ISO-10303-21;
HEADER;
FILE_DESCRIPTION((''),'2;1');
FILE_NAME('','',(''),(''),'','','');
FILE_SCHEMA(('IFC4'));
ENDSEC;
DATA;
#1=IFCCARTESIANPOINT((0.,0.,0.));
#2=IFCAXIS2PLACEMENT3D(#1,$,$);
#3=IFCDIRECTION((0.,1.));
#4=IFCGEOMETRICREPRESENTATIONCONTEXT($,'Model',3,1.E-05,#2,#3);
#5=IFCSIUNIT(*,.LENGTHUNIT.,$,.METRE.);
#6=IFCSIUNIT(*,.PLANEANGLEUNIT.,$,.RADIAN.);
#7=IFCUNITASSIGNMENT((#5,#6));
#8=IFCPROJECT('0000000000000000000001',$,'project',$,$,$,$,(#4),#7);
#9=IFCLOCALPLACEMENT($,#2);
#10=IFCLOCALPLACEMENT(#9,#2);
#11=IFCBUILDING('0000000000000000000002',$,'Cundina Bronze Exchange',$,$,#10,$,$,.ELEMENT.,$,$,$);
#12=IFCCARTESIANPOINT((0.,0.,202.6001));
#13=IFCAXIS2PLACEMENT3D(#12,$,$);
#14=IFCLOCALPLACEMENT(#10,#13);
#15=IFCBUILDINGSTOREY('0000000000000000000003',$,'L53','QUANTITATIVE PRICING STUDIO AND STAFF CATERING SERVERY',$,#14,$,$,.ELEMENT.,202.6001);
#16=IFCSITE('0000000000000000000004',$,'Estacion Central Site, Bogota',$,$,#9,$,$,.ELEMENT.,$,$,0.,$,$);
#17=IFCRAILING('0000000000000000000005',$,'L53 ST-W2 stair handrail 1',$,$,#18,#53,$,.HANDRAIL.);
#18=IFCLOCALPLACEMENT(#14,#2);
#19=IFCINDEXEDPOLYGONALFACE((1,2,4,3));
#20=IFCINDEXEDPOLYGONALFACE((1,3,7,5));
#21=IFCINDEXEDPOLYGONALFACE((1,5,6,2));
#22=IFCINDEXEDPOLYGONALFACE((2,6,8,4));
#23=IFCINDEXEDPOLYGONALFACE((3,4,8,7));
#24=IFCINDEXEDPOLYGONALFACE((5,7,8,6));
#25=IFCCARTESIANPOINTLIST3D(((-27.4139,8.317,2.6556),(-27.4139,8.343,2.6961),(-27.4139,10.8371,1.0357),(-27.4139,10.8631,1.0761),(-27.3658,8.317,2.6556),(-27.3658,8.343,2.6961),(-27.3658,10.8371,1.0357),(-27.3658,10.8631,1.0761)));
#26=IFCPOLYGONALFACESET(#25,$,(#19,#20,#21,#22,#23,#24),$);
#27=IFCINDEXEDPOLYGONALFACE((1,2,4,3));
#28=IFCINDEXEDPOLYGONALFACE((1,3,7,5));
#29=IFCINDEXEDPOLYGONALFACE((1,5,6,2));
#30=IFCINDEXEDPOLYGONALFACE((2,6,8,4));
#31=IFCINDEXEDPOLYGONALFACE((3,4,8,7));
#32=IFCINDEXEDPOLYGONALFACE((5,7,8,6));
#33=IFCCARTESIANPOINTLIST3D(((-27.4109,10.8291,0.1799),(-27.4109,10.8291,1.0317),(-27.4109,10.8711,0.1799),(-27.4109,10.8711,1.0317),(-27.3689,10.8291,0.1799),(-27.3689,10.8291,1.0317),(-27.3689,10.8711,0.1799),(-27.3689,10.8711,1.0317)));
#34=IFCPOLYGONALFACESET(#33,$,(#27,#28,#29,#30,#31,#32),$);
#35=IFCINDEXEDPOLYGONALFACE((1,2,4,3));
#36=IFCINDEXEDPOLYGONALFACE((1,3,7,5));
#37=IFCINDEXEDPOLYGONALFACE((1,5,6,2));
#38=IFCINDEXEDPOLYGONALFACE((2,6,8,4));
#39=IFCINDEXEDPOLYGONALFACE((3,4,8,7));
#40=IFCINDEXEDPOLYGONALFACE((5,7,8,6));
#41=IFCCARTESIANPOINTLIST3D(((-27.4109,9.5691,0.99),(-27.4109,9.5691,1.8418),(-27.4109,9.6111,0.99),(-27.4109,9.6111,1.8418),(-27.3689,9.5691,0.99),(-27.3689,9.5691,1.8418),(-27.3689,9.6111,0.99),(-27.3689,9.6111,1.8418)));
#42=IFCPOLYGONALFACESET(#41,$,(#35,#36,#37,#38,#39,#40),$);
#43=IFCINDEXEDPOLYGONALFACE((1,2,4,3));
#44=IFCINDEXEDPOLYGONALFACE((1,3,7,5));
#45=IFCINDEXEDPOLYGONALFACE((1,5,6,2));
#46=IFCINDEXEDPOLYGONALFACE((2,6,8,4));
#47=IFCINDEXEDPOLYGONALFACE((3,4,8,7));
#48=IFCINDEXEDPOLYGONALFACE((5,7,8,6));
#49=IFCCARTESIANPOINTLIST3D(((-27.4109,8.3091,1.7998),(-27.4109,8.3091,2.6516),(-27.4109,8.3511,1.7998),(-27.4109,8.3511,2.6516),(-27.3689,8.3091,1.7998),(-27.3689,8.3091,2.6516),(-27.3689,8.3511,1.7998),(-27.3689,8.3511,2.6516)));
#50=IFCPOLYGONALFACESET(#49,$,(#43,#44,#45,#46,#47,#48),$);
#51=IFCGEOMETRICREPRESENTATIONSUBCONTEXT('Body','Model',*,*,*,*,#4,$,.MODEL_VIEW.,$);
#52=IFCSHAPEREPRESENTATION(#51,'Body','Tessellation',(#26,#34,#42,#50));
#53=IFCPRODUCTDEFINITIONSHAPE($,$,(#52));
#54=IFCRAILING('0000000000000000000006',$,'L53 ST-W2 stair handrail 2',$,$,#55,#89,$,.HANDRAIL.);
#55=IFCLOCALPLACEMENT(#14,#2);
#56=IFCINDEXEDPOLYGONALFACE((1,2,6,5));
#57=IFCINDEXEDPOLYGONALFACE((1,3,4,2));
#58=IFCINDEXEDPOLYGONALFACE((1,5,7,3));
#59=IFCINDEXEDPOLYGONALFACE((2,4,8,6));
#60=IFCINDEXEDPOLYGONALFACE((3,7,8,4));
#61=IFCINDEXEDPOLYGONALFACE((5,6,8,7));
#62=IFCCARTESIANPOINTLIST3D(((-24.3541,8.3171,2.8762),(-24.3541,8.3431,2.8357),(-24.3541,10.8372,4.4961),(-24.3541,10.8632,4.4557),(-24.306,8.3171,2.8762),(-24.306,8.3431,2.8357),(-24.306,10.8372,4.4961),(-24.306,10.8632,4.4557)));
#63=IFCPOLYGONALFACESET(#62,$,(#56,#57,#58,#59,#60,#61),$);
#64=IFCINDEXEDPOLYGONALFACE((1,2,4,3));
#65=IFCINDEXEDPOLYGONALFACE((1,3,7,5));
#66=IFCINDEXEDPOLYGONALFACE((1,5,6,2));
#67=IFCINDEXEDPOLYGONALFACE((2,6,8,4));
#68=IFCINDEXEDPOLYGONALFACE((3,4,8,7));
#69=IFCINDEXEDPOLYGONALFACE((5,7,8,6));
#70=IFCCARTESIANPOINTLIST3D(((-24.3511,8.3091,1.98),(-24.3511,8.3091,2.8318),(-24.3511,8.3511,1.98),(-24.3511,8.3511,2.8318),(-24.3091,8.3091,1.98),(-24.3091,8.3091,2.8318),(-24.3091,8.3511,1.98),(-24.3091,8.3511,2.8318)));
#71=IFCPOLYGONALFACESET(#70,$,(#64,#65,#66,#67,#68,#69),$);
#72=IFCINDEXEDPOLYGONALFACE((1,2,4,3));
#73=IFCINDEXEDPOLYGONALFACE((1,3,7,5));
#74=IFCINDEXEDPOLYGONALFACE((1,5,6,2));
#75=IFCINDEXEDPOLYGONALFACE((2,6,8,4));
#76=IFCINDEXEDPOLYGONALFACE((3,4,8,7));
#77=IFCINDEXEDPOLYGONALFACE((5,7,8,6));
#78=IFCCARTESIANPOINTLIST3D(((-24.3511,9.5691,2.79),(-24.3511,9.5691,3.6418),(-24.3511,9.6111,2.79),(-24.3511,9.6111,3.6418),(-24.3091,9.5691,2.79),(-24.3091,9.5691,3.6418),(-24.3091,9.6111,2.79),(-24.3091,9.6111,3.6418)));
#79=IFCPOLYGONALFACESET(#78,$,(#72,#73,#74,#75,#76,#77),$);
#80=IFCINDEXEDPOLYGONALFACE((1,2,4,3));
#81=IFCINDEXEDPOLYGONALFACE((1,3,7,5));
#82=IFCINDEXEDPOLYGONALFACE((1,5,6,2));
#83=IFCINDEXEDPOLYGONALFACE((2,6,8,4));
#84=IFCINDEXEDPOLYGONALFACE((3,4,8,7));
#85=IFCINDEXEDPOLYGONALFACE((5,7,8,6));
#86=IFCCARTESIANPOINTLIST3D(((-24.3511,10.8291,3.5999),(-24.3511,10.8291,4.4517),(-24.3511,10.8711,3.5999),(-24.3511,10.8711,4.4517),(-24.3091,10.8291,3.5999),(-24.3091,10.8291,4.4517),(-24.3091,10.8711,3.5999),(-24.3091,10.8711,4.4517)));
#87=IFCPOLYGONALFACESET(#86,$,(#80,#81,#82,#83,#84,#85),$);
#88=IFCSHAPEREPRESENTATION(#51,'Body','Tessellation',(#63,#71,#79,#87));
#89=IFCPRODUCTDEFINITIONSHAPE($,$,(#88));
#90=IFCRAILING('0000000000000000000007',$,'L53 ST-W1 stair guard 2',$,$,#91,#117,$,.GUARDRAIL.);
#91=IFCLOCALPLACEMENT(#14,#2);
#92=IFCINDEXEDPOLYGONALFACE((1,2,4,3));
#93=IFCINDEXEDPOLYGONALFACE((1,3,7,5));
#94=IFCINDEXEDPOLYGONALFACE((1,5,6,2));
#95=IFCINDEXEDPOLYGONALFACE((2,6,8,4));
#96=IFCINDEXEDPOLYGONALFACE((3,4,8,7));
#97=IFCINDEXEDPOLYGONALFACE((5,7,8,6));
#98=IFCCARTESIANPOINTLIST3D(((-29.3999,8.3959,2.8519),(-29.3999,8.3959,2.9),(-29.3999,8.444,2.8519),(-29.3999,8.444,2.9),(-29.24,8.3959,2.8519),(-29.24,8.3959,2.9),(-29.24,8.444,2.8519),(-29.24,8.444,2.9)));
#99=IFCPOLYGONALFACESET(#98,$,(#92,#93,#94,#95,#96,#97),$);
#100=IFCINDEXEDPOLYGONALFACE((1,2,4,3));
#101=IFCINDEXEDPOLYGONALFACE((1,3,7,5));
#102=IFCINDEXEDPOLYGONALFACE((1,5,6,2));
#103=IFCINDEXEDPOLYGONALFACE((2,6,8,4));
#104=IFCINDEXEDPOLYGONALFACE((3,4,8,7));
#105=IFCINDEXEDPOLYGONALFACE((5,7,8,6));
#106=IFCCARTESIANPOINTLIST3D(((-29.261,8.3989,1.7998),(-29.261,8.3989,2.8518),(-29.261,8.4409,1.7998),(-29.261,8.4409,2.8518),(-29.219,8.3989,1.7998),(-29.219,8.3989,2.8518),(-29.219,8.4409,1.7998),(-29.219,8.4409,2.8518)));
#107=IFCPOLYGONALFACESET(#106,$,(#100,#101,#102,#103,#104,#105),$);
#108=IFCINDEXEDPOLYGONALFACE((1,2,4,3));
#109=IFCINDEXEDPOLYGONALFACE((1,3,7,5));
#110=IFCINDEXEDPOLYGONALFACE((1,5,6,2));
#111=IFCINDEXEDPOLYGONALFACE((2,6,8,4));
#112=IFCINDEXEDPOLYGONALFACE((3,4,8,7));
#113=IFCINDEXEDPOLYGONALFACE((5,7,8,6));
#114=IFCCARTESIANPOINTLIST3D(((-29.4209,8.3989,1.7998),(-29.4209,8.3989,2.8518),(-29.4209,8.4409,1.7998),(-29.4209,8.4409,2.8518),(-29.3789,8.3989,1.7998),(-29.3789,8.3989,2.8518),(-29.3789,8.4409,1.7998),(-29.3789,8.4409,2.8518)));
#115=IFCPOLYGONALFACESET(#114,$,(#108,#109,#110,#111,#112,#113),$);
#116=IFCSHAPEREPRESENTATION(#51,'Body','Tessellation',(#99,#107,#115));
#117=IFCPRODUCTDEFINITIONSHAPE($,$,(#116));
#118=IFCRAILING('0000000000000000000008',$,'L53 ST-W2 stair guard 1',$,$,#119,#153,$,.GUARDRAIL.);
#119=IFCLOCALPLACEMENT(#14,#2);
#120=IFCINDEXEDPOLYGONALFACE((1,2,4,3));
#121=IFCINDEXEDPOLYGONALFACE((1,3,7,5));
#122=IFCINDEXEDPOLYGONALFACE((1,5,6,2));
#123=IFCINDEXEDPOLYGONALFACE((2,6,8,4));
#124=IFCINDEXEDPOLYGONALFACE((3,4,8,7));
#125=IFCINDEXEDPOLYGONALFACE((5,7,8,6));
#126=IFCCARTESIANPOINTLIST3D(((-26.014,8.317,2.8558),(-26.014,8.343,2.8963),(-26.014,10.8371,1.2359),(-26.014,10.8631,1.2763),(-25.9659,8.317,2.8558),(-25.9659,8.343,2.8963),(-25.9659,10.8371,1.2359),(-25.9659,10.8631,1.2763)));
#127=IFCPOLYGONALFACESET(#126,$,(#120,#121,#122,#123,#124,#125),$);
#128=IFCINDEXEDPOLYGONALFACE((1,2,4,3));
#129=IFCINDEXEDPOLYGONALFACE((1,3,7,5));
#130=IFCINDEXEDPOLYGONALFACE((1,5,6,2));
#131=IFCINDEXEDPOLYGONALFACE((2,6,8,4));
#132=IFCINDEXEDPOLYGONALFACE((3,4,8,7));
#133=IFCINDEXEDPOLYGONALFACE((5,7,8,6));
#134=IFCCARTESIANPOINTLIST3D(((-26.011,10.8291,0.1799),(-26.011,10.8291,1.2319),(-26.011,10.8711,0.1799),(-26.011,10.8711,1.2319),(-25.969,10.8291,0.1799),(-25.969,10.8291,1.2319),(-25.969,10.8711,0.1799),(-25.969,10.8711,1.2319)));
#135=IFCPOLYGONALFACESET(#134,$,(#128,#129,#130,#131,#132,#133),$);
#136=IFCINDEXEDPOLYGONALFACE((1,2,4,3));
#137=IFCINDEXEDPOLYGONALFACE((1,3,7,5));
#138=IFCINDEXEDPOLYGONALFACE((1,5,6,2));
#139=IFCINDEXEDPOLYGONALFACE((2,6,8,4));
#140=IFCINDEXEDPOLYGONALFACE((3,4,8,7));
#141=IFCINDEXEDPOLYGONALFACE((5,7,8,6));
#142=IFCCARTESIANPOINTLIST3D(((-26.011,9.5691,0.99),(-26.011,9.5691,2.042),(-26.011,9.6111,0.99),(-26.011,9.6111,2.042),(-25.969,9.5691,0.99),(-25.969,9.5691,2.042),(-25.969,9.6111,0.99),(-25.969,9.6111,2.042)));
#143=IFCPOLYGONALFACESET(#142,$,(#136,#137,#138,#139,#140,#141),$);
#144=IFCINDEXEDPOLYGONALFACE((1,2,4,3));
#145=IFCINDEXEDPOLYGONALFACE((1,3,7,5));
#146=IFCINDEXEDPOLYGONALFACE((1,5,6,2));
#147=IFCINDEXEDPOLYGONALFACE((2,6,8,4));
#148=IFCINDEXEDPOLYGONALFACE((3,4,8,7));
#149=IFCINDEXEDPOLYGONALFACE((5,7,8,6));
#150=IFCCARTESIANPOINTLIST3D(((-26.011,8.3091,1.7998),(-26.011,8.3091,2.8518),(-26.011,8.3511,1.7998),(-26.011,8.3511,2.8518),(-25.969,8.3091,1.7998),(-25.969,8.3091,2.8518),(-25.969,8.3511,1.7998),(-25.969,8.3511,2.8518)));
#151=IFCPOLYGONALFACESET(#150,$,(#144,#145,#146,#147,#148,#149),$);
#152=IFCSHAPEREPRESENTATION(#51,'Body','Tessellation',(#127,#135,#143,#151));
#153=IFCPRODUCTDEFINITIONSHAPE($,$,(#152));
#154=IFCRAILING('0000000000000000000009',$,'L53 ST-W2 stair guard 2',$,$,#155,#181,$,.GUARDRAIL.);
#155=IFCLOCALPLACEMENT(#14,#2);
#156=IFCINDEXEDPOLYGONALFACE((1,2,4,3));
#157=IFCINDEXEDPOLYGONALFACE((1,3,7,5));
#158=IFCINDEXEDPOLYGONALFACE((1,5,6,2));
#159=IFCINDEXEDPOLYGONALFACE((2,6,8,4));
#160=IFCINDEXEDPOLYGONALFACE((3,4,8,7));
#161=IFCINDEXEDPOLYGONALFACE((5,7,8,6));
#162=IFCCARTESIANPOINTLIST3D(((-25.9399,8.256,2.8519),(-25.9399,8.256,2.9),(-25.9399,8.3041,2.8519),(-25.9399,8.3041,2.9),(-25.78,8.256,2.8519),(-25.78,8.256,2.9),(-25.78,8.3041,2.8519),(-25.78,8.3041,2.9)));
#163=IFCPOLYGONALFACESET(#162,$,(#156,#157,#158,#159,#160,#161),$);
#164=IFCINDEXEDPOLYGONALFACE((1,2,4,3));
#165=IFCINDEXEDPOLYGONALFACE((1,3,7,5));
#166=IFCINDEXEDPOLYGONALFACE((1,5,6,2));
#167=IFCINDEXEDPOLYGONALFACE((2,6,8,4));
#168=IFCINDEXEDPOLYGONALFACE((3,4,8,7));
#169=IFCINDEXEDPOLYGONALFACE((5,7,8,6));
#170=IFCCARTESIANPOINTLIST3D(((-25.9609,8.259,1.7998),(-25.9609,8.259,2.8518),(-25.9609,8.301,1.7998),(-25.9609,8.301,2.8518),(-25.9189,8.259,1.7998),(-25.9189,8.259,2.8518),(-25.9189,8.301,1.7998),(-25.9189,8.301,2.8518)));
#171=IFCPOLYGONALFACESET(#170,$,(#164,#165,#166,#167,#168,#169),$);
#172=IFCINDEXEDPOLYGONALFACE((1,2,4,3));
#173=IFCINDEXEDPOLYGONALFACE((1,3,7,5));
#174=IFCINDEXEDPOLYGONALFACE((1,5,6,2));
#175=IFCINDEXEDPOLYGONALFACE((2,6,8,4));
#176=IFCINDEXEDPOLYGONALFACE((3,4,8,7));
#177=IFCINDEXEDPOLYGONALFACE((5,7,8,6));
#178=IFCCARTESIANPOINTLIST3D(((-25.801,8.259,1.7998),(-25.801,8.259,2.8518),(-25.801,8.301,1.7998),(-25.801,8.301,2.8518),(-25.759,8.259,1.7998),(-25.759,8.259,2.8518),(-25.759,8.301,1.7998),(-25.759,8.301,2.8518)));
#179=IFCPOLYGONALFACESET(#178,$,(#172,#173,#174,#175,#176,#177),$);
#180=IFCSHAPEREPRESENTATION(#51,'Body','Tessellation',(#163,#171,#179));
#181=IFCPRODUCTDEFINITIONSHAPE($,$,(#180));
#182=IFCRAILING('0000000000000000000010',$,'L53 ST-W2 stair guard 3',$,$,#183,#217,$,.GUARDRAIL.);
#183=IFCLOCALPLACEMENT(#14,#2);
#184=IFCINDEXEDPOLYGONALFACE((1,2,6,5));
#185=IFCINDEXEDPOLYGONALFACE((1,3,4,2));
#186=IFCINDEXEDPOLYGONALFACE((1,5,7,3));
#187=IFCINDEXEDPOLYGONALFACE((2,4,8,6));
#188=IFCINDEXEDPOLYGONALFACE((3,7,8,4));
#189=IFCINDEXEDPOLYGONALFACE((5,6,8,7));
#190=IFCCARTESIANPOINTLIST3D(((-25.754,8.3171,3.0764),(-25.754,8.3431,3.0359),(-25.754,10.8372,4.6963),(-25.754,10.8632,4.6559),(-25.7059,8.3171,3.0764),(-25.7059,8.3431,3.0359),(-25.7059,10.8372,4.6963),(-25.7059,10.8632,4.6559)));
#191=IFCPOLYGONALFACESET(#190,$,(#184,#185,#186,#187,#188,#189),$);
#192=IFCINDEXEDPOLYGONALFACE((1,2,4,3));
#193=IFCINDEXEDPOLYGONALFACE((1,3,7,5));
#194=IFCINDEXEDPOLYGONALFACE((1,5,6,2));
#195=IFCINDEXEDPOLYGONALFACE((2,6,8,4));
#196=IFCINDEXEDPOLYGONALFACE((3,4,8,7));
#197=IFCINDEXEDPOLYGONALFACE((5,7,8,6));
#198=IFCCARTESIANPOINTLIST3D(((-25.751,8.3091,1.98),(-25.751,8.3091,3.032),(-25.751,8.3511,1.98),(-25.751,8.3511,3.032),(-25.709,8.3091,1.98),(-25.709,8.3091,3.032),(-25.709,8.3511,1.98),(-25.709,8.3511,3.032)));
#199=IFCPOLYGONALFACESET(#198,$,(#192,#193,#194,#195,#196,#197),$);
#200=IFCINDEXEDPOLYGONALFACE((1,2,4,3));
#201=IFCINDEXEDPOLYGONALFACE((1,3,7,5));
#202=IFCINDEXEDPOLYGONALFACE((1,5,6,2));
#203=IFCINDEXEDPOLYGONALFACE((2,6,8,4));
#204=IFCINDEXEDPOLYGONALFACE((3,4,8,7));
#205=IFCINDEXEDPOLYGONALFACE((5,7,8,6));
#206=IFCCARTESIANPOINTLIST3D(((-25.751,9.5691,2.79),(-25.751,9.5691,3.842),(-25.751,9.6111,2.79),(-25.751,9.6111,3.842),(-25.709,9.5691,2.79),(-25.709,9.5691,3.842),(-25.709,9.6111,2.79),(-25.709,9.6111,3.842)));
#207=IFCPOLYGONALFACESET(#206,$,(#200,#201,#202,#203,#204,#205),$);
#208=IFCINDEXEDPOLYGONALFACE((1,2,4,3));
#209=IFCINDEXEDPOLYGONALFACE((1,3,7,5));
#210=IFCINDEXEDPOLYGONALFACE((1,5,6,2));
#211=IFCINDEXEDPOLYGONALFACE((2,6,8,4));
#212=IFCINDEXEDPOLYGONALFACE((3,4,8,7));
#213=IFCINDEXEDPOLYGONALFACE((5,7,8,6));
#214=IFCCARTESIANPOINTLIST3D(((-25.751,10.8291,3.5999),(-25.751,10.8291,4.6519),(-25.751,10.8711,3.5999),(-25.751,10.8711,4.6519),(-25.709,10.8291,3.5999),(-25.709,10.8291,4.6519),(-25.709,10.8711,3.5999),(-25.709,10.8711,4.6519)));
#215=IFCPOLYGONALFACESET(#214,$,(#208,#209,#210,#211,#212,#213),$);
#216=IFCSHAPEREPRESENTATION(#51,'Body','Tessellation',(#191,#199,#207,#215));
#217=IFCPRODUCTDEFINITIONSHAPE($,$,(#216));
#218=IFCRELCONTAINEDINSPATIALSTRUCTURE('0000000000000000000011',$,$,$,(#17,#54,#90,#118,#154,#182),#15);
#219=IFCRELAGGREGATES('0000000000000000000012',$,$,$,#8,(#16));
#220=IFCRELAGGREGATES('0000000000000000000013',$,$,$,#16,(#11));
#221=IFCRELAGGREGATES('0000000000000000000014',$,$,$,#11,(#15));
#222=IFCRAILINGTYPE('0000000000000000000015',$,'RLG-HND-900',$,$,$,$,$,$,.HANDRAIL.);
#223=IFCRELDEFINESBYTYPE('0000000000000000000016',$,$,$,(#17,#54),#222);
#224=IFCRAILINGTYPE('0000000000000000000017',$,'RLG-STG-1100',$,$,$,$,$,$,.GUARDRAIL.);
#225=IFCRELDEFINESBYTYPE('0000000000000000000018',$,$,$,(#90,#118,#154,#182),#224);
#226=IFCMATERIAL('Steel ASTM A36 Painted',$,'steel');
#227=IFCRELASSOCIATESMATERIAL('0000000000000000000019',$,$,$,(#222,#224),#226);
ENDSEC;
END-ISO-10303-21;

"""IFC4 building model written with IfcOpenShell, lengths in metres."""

from ifc_helpers import new_model, si_unit, direction, frame, origin, origin_2d, place, context, subcontext, project, spatial, rectangle, extrude, material, type_object, element, save


model = new_model("IFC4")

# Units and contexts
model_context = context("Model", 3, precision=1e-05, world=origin(), true_north=direction((0.0, 1.0)))
body_context = subcontext(model_context, "Body", "Model", "MODEL_VIEW")
ifc_project = project(units=[si_unit("LENGTHUNIT", "METRE"), si_unit("PLANEANGLEUNIT", "RADIAN")], contexts=[model_context])

# Site, building, storey
site_placement = place(None, origin())
site = spatial("IfcSite", under=ifc_project, at=site_placement, Name="Estacion Central Site, Bogota", CompositionType="ELEMENT", RefElevation=0.0)
building_placement = place(site_placement, origin())
building = spatial("IfcBuilding", under=site, at=building_placement, Name="Cundina Bronze Exchange", CompositionType="ELEMENT")
storey_placement = place(building_placement, frame((0.0, 0.0, 202.6001)))
storey = spatial("IfcBuildingStorey", under=building, at=storey_placement, Name="L53", Description="QUANTITATIVE PRICING STUDIO AND STAFF CATERING SERVERY", CompositionType="ELEMENT", Elevation=202.6001)

# Shared definitions
ifc_material_1 = material(Name="Steel ASTM A36 Painted", Category="steel")

# Railings
railing_type_1 = type_object("IfcRailingType", Name="RLG-HND-900", PredefinedType="HANDRAIL", material=ifc_material_1)
railing_1_placement = place(storey_placement, frame((-27.3899, 10.8501, 0.1799)))
element("IfcRailing", 1, at=railing_1_placement, inside=storey, type_object=railing_type_1, Name="L53 ST-W2 stair handrail 1", PredefinedType="HANDRAIL", context=body_context, shape_type="SweptSolid", body=[
    extrude(rectangle(XDim=0.0481, YDim=0.0481, at=origin_2d()), frame((0.0, 0.0, 0.876), z_axis=(0.0, -0.8412, 0.540725), x_axis=(1.0, 0.0, 0.0)), (0.0, 0.0, 1.0), 2.9958),
    extrude(rectangle(XDim=0.042, YDim=0.042, at=origin_2d()), origin(), (0.0, 0.0, 1.0), 0.8518),
    extrude(rectangle(XDim=0.042, YDim=0.042, at=origin_2d()), frame((0.0, -1.26, 0.8101)), (0.0, 0.0, 1.0), 0.8518),
    extrude(rectangle(XDim=0.042, YDim=0.042, at=origin_2d()), frame((0.0, -2.52, 1.6199)), (0.0, 0.0, 1.0), 0.8518),
])
railing_2_placement = place(storey_placement, frame((-24.3301, 8.3301, 1.98)))
element("IfcRailing", 2, at=railing_2_placement, inside=storey, type_object=railing_type_1, Name="L53 ST-W2 stair handrail 2", PredefinedType="HANDRAIL", context=body_context, shape_type="SweptSolid", body=[
    extrude(rectangle(XDim=0.0481, YDim=0.0481, at=origin_2d()), frame((0.0, 0.0, 0.876), z_axis=(0.0, 0.8412, 0.540725), x_axis=(-1.0, 0.0, 0.0)), (0.0, 0.0, 1.0), 2.9958),
    extrude(rectangle(XDim=0.042, YDim=0.042, at=origin_2d()), origin(), (0.0, 0.0, 1.0), 0.8518),
    extrude(rectangle(XDim=0.042, YDim=0.042, at=origin_2d()), frame((0.0, 1.26, 0.8101)), (0.0, 0.0, 1.0), 0.8518),
    extrude(rectangle(XDim=0.042, YDim=0.042, at=origin_2d()), frame((0.0, 2.52, 1.6199)), (0.0, 0.0, 1.0), 0.8518),
])
railing_type_2 = type_object("IfcRailingType", Name="RLG-STG-1100", PredefinedType="GUARDRAIL", material=ifc_material_1)
railing_3_placement = place(storey_placement, frame((-29.24, 8.4199, 1.7998)))
element("IfcRailing", 3, at=railing_3_placement, inside=storey, type_object=railing_type_2, Name="L53 ST-W1 stair guard 2", PredefinedType="GUARDRAIL", context=body_context, shape_type="SweptSolid", body=[
    extrude(rectangle(XDim=0.0481, YDim=0.0481, at=origin_2d()), frame((0.0, 0.0, 1.0762), z_axis=(-1.0, 0.0, 0.0), x_axis=(0.0, -1.0, 0.0)), (0.0, 0.0, 1.0), 0.1599),
    extrude(rectangle(XDim=0.042, YDim=0.042, at=origin_2d()), origin(), (0.0, 0.0, 1.0), 1.052),
    extrude(rectangle(XDim=0.042, YDim=0.042, at=origin_2d()), frame((-0.1599, 0.0, 0.0)), (0.0, 0.0, 1.0), 1.052),
])
railing_4_placement = place(storey_placement, frame((-25.99, 10.8501, 0.1799)))
element("IfcRailing", 4, at=railing_4_placement, inside=storey, type_object=railing_type_2, Name="L53 ST-W2 stair guard 1", PredefinedType="GUARDRAIL", context=body_context, shape_type="SweptSolid", body=[
    extrude(rectangle(XDim=0.0481, YDim=0.0481, at=origin_2d()), frame((0.0, 0.0, 1.0762), z_axis=(0.0, -0.8412, 0.540725), x_axis=(1.0, 0.0, 0.0)), (0.0, 0.0, 1.0), 2.9958),
    extrude(rectangle(XDim=0.042, YDim=0.042, at=origin_2d()), origin(), (0.0, 0.0, 1.0), 1.052),
    extrude(rectangle(XDim=0.042, YDim=0.042, at=origin_2d()), frame((0.0, -1.26, 0.8101)), (0.0, 0.0, 1.0), 1.052),
    extrude(rectangle(XDim=0.042, YDim=0.042, at=origin_2d()), frame((0.0, -2.52, 1.6199)), (0.0, 0.0, 1.0), 1.052),
])
railing_5_placement = place(storey_placement, frame((-25.9399, 8.28, 1.7998)))
element("IfcRailing", 5, at=railing_5_placement, inside=storey, type_object=railing_type_2, Name="L53 ST-W2 stair guard 2", PredefinedType="GUARDRAIL", context=body_context, shape_type="SweptSolid", body=[
    extrude(rectangle(XDim=0.0481, YDim=0.0481, at=origin_2d()), frame((0.0, 0.0, 1.0762), z_axis=(1.0, 0.0, 0.0), x_axis=(0.0, 1.0, 0.0)), (0.0, 0.0, 1.0), 0.1599),
    extrude(rectangle(XDim=0.042, YDim=0.042, at=origin_2d()), origin(), (0.0, 0.0, 1.0), 1.052),
    extrude(rectangle(XDim=0.042, YDim=0.042, at=origin_2d()), frame((0.1599, 0.0, 0.0)), (0.0, 0.0, 1.0), 1.052),
])
railing_6_placement = place(storey_placement, frame((-25.73, 8.3301, 1.98)))
element("IfcRailing", 6, at=railing_6_placement, inside=storey, type_object=railing_type_2, Name="L53 ST-W2 stair guard 3", PredefinedType="GUARDRAIL", context=body_context, shape_type="SweptSolid", body=[
    extrude(rectangle(XDim=0.0481, YDim=0.0481, at=origin_2d()), frame((0.0, 0.0, 1.0762), z_axis=(0.0, 0.8412, 0.540725), x_axis=(-1.0, 0.0, 0.0)), (0.0, 0.0, 1.0), 2.9958),
    extrude(rectangle(XDim=0.042, YDim=0.042, at=origin_2d()), origin(), (0.0, 0.0, 1.0), 1.052),
    extrude(rectangle(XDim=0.042, YDim=0.042, at=origin_2d()), frame((0.0, 1.26, 0.8101)), (0.0, 0.0, 1.0), 1.052),
    extrude(rectangle(XDim=0.042, YDim=0.042, at=origin_2d()), frame((0.0, 2.52, 1.6199)), (0.0, 0.0, 1.0), 1.052),
])

save(model, "model.ifc")
